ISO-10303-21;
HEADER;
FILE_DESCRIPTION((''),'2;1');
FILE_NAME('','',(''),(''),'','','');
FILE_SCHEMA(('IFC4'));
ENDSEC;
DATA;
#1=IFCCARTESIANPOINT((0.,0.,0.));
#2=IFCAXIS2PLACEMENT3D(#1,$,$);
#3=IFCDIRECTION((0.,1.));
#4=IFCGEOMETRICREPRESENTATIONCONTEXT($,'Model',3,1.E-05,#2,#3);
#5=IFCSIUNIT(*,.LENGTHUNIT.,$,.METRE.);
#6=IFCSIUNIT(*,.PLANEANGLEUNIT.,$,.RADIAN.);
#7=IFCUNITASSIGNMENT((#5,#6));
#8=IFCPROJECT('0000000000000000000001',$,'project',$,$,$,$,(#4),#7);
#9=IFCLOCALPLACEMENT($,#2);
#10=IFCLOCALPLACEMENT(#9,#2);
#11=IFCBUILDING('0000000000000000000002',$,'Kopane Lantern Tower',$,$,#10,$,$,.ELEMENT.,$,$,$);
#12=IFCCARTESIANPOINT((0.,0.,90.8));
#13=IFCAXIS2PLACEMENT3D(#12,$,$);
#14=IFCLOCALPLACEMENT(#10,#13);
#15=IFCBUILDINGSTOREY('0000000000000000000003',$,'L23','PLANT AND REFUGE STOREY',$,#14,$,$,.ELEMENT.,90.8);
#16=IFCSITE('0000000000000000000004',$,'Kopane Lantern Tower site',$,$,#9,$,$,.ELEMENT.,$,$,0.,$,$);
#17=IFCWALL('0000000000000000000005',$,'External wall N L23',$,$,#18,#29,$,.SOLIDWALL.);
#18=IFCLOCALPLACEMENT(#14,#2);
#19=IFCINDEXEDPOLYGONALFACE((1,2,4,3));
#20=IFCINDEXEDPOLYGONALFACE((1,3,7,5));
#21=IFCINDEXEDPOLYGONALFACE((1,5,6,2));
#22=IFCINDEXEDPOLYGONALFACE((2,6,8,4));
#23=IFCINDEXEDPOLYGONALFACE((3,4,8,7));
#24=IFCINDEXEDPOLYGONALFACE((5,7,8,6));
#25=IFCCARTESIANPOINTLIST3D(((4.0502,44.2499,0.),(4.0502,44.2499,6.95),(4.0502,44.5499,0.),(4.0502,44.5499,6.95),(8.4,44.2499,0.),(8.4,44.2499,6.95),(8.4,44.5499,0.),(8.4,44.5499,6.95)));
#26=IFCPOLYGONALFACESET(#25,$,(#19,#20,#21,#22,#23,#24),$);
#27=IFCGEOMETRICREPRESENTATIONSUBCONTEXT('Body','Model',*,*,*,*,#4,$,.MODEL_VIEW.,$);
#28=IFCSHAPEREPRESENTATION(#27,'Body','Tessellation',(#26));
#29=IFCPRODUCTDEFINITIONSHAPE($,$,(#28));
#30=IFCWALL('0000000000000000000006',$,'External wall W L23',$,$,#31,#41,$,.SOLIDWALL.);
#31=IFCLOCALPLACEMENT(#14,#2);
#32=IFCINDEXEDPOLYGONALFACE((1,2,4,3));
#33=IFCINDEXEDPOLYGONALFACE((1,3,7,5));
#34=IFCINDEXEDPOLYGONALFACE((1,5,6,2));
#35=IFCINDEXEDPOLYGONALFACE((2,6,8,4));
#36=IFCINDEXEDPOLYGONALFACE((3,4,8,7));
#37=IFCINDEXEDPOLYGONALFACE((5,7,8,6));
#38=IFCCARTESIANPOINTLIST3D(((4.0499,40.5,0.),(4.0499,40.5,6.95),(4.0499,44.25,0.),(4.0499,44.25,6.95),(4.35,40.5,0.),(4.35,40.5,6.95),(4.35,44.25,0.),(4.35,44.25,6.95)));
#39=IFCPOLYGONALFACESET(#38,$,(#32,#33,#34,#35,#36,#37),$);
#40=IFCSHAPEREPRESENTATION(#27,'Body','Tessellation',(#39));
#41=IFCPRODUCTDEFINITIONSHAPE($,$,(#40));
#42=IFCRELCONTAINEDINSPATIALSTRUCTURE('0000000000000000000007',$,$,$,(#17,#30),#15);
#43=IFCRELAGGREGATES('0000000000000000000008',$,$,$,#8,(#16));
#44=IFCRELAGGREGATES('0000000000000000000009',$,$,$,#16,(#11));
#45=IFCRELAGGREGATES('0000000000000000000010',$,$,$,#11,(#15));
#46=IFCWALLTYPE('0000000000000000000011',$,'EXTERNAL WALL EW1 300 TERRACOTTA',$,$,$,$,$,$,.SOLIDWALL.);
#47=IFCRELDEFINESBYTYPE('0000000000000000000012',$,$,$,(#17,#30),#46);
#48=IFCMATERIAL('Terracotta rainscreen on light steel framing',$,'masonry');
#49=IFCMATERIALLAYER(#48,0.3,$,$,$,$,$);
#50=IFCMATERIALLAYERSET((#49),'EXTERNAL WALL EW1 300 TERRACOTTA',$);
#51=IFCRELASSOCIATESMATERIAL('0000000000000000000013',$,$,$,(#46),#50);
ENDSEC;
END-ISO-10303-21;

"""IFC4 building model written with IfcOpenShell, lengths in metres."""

from ifc_helpers import new_model, si_unit, direction, frame, frame_2d, origin, place, context, subcontext, project, spatial, rectangle, extrude, material, layer, layer_set, type_object, element, save


model = new_model("IFC4")

# Units and contexts
model_context = context("Model", 3, precision=1e-05, world=origin(), true_north=direction((0.0, 1.0)))
body_context = subcontext(model_context, "Body", "Model", "MODEL_VIEW")
ifc_project = project(units=[si_unit("LENGTHUNIT", "METRE"), si_unit("PLANEANGLEUNIT", "RADIAN")], contexts=[model_context])

# Site, building, storey
site_placement = place(None, origin())
site = spatial("IfcSite", under=ifc_project, at=site_placement, Name="Kopane Lantern Tower site", CompositionType="ELEMENT", RefElevation=0.0)
building_placement = place(site_placement, origin())
building = spatial("IfcBuilding", under=site, at=building_placement, Name="Kopane Lantern Tower", CompositionType="ELEMENT")
storey_placement = place(building_placement, frame((0.0, 0.0, 90.8)))
storey = spatial("IfcBuildingStorey", under=building, at=storey_placement, Name="L23", Description="PLANT AND REFUGE STOREY", CompositionType="ELEMENT", Elevation=90.8)

# Walls
ifc_material_1 = material(Name="Terracotta rainscreen on light steel framing", Category="masonry")
ifc_layer_1 = layer(ifc_material_1, 0.3)
ifc_layer_set_1 = layer_set([ifc_layer_1], Name="EXTERNAL WALL EW1 300 TERRACOTTA")
wall_type_1 = type_object("IfcWallType", Name="EXTERNAL WALL EW1 300 TERRACOTTA", PredefinedType="SOLIDWALL", material=ifc_layer_set_1)
wall_1_placement = place(storey_placement, frame((8.3999, 44.3999, 0.0), z_axis=(0.0, 0.0, 1.0), x_axis=(-1.0, 0.0, 0.0)))
element("IfcWall", 1, at=wall_1_placement, inside=storey, type_object=wall_type_1, Name="External wall N L23", PredefinedType="SOLIDWALL", context=body_context, shape_type="SweptSolid", body=[
    extrude(rectangle(XDim=4.3499, YDim=0.3, at=frame_2d((2.1748, 0.0))), origin(), (0.0, 0.0, 1.0), 6.95),
])
wall_2_placement = place(storey_placement, frame((4.2, 44.25, 0.0), z_axis=(0.0, 0.0, 1.0), x_axis=(0.0, -1.0, 0.0)))
element("IfcWall", 2, at=wall_2_placement, inside=storey, type_object=wall_type_1, Name="External wall W L23", PredefinedType="SOLIDWALL", context=body_context, shape_type="SweptSolid", body=[
    extrude(rectangle(XDim=3.75, YDim=0.3, at=frame_2d((1.875, 0.0))), origin(), (0.0, 0.0, 1.0), 6.95),
])

save(model, "model.ifc")
